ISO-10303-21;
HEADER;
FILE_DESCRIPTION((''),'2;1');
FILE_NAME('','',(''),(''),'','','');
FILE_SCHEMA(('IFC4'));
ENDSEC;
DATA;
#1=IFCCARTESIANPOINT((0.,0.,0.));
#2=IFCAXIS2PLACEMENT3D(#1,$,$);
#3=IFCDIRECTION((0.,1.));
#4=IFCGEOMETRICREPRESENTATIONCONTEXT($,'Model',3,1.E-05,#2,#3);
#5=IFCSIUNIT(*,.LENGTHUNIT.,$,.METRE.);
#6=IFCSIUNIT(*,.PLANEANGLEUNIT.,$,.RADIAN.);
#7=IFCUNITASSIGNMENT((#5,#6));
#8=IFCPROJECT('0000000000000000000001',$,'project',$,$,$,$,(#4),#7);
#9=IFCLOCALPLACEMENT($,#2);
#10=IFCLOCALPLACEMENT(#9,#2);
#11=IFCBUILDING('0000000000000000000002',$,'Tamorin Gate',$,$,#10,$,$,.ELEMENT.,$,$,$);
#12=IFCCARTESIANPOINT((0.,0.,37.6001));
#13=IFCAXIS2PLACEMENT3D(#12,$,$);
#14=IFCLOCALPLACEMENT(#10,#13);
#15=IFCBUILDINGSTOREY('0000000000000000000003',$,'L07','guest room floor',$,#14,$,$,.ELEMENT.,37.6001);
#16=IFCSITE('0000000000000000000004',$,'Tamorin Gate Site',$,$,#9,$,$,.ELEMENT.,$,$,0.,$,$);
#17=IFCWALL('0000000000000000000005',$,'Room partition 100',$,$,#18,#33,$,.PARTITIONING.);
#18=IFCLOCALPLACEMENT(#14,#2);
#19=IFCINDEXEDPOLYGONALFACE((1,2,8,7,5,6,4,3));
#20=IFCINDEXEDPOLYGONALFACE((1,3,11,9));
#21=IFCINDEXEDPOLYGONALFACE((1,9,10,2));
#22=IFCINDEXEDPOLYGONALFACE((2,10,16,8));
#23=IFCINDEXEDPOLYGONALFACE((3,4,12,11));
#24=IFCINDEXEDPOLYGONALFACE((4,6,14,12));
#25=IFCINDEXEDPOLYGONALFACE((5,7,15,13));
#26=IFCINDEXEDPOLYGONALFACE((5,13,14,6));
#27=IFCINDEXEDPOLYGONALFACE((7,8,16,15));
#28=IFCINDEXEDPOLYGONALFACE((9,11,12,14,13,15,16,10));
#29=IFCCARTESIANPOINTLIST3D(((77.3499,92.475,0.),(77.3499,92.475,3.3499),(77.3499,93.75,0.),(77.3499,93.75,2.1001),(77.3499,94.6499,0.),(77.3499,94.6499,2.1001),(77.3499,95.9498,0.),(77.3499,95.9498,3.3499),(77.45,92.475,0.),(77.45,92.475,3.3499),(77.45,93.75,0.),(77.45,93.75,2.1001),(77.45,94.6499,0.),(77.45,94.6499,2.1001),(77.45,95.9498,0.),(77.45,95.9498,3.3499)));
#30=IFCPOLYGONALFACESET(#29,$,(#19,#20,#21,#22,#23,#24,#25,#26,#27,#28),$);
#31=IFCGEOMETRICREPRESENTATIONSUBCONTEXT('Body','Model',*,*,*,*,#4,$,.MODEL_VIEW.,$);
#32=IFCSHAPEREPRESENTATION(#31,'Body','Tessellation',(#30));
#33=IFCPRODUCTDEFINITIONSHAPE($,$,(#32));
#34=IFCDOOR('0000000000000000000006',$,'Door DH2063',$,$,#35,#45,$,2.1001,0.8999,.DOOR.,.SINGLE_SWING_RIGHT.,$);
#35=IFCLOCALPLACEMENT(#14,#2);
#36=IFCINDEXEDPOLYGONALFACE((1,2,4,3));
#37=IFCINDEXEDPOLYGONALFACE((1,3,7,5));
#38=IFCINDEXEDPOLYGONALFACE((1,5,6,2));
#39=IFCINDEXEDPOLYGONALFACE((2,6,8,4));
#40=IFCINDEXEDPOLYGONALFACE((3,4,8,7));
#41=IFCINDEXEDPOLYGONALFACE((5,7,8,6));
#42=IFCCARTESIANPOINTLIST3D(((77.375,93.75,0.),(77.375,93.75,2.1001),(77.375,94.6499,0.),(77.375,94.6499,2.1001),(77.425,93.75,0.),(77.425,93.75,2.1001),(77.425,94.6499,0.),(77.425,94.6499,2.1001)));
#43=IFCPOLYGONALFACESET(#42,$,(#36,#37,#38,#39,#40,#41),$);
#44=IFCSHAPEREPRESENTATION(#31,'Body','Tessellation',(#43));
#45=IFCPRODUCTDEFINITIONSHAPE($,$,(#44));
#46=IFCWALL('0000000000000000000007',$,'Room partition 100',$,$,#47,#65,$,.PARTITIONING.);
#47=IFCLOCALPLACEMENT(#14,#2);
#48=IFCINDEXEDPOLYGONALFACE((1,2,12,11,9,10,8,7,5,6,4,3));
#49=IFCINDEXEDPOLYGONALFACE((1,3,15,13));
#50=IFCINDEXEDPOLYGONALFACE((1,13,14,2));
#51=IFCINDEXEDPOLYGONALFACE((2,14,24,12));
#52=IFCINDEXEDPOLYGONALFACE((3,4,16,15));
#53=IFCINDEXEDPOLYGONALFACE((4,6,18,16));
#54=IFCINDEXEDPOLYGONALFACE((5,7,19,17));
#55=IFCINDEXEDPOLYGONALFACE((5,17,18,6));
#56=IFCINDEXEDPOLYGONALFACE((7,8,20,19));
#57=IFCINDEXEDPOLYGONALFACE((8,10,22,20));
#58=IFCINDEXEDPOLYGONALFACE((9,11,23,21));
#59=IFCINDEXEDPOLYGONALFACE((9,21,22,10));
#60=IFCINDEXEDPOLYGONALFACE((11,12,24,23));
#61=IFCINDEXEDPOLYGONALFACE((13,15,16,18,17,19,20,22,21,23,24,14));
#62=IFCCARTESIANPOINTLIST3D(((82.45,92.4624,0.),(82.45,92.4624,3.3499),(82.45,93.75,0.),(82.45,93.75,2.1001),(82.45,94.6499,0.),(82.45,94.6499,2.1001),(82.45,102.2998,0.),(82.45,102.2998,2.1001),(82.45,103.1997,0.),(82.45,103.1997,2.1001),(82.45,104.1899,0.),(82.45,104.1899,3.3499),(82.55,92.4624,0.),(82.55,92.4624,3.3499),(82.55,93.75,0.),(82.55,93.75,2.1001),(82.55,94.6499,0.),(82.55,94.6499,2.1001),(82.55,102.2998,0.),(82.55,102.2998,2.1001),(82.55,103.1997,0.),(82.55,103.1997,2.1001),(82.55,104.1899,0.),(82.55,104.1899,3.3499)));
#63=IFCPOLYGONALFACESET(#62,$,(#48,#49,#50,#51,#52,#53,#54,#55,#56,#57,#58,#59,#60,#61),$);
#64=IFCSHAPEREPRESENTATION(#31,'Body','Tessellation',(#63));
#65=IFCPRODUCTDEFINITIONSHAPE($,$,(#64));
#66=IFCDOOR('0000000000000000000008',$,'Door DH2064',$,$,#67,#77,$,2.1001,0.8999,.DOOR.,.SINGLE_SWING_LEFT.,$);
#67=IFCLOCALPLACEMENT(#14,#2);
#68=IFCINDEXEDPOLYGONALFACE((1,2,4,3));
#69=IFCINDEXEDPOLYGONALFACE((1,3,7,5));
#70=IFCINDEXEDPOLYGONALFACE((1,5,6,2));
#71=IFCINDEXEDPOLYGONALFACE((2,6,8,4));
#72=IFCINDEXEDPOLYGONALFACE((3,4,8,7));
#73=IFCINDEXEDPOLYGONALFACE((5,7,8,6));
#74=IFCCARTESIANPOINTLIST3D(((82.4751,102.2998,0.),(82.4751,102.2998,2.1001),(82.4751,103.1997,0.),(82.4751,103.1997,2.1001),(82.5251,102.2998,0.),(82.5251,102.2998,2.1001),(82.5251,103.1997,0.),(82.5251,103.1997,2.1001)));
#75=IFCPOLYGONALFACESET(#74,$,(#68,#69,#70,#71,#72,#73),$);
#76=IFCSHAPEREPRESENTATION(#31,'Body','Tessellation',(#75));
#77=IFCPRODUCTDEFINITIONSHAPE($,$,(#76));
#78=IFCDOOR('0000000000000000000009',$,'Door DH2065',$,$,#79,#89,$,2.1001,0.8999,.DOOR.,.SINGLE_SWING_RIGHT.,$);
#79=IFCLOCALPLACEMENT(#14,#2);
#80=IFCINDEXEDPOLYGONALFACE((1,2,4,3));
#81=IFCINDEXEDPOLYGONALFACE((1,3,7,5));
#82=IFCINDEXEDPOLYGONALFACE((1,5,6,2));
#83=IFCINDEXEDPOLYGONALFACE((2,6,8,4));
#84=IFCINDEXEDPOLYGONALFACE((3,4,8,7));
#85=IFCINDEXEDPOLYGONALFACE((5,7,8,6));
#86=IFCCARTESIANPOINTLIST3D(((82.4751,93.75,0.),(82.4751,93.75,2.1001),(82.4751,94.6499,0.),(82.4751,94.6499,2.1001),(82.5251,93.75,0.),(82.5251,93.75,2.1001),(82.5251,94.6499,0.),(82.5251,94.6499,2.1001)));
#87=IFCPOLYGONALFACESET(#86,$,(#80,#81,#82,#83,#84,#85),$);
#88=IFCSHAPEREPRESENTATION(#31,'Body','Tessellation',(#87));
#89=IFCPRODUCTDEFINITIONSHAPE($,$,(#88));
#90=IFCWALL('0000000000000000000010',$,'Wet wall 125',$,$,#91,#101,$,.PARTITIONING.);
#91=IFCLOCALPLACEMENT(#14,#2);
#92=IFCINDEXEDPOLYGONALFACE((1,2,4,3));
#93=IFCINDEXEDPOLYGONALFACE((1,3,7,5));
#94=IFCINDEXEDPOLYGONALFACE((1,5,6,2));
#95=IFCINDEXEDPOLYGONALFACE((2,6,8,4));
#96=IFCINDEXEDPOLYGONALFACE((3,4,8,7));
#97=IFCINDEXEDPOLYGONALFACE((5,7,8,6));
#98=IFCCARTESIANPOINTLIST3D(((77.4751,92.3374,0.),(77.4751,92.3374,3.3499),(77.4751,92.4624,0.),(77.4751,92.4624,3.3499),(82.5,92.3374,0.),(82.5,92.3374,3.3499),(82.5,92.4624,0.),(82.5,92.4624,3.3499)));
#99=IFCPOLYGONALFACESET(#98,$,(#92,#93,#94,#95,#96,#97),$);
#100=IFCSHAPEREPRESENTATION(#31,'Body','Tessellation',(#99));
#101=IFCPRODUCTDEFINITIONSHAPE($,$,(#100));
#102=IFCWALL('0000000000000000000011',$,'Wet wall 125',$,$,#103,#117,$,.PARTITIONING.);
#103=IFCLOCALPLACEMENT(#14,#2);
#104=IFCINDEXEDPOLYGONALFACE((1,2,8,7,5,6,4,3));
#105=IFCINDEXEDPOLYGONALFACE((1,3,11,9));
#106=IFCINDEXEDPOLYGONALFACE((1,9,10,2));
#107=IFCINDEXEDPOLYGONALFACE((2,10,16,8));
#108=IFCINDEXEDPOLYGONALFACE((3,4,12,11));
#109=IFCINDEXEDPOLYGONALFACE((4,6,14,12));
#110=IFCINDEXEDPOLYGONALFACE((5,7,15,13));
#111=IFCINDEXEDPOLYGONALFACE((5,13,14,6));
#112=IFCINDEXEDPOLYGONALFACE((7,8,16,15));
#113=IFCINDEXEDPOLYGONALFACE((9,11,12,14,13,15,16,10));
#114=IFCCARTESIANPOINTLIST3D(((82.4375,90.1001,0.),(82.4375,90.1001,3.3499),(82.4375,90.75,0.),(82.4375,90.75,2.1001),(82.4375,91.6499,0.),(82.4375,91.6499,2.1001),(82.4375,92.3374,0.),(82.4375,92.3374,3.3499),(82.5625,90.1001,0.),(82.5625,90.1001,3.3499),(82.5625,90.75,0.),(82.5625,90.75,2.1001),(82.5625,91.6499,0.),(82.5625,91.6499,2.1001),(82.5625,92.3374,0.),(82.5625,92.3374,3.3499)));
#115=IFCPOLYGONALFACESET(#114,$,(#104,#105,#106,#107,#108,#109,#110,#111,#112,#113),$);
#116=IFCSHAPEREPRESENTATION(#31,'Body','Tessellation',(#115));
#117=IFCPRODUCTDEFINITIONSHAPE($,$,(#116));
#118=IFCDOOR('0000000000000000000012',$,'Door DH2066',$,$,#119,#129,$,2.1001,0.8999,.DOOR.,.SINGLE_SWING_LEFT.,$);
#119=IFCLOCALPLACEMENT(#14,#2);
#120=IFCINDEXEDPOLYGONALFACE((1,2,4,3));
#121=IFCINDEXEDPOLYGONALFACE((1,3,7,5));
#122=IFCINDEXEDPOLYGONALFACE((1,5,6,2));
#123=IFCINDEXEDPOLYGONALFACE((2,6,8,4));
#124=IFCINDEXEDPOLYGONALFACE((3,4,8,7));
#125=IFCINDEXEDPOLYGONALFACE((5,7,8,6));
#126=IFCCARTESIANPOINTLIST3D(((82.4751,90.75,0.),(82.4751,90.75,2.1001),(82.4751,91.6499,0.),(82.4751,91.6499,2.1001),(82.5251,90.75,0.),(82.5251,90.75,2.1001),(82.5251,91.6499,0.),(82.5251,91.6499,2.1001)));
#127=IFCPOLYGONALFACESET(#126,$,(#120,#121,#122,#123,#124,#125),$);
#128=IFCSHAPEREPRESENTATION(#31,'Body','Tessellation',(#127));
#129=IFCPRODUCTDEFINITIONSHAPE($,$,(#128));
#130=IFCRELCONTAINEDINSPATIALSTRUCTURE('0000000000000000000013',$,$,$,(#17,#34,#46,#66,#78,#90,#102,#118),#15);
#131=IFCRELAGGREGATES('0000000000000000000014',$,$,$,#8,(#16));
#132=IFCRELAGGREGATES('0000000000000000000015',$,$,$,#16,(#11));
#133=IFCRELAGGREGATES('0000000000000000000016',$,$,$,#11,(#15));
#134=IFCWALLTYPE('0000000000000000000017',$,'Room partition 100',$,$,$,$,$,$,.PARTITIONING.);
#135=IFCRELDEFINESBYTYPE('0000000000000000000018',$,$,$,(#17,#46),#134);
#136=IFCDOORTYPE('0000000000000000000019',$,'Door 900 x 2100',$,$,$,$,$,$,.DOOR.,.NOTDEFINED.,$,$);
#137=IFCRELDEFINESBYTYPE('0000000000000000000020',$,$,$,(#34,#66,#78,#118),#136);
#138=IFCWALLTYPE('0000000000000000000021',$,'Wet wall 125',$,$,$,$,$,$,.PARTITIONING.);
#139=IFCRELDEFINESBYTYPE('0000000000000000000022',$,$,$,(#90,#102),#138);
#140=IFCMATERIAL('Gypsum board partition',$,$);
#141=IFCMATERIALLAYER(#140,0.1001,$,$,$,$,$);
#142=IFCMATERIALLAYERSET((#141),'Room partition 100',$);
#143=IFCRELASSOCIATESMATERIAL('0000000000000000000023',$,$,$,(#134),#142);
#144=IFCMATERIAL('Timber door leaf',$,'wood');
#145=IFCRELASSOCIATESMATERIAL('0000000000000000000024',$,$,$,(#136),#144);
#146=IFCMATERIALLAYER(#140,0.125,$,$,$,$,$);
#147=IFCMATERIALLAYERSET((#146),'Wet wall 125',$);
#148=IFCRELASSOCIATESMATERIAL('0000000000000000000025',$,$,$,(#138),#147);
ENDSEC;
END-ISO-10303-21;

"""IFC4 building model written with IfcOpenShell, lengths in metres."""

from ifc_helpers import new_model, si_unit, direction, frame, frame_2d, origin, place, context, subcontext, project, spatial, rectangle, extrude, material, layer, layer_set, type_object, element, fill, save


model = new_model("IFC4")

# Units and contexts
model_context = context("Model", 3, precision=1e-05, world=origin(), true_north=direction((0.0, 1.0)))
body_context = subcontext(model_context, "Body", "Model", "MODEL_VIEW")
ifc_project = project(units=[si_unit("LENGTHUNIT", "METRE"), si_unit("PLANEANGLEUNIT", "RADIAN")], contexts=[model_context])

# Site, building, storey
site_placement = place(None, origin())
site = spatial("IfcSite", under=ifc_project, at=site_placement, Name="Tamorin Gate Site", CompositionType="ELEMENT", RefElevation=0.0)
building_placement = place(site_placement, origin())
building = spatial("IfcBuilding", under=site, at=building_placement, Name="Tamorin Gate", CompositionType="ELEMENT")
storey_placement = place(building_placement, frame((0.0, 0.0, 37.6001)))
storey = spatial("IfcBuildingStorey", under=building, at=storey_placement, Name="L07", Description="guest room floor", CompositionType="ELEMENT", Elevation=37.6001)

# Shared definitions
ifc_material_1 = material(Name="Gypsum board partition")

# Wall, opening, door
ifc_layer_1 = layer(ifc_material_1, 0.1001)
ifc_layer_set_1 = layer_set([ifc_layer_1], Name="Room partition 100")
wall_type_1 = type_object("IfcWallType", Name="Room partition 100", PredefinedType="PARTITIONING", material=ifc_layer_set_1)
ifc_material_2 = material(Name="Timber door leaf", Category="wood")
door_type = type_object("IfcDoorType", Name="Door 900 x 2100", OperationType="NOTDEFINED", PredefinedType="DOOR", material=ifc_material_2)
wall_1_placement = place(storey_placement, frame((77.3999, 92.4751, 0.0), z_axis=(0.0, 0.0, 1.0), x_axis=(0.0, 1.0, 0.0)))
wall_1 = element("IfcWall", 1, at=wall_1_placement, inside=storey, type_object=wall_type_1, Name="Room partition 100", PredefinedType="PARTITIONING", context=body_context, shape_type="SweptSolid", body=[
    extrude(rectangle(XDim=3.4749, YDim=0.1001, at=frame_2d((1.7373, 0.0))), origin(), (0.0, 0.0, 1.0), 3.3499),
])
opening_1_placement = place(wall_1_placement, frame((1.2749, 0.0, 0.0)))
opening_1 = element("IfcOpeningElement", 2, at=opening_1_placement, cuts=wall_1, PredefinedType="OPENING", context=body_context, shape_type="SweptSolid", body=[
    extrude(rectangle(XDim=0.8999, YDim=2.1001, at=frame_2d((0.45, 1.05))), frame((0.0, 0.0601, 0.0), z_axis=(0.0, -1.0, 0.0), x_axis=(1.0, 0.0, 0.0)), (0.0, 0.0, 1.0), 0.1201),
])
door_1_placement = place(opening_1_placement, origin())
door_1 = element("IfcDoor", 3, at=door_1_placement, inside=storey, type_object=door_type, Name="Door DH2063", OperationType="SINGLE_SWING_RIGHT", OverallHeight=2.1001, OverallWidth=0.8999, PredefinedType="DOOR", context=body_context, shape_type="SweptSolid", body=[
    extrude(rectangle(XDim=0.8999, YDim=2.1001, at=frame_2d((0.45, 1.05))), frame((0.0, 0.0249, 0.0), z_axis=(0.0, -1.0, 0.0), x_axis=(1.0, 0.0, 0.0)), (0.0, 0.0, 1.0), 0.05),
])
fill(opening_1, door_1)

# Wall, openings, doors
wall_2_placement = place(storey_placement, frame((82.5, 92.4624, 0.0), z_axis=(0.0, 0.0, 1.0), x_axis=(0.0, 1.0, 0.0)))
wall_2 = element("IfcWall", 4, at=wall_2_placement, inside=storey, type_object=wall_type_1, Name="Room partition 100", PredefinedType="PARTITIONING", context=body_context, shape_type="SweptSolid", body=[
    extrude(rectangle(XDim=11.7275, YDim=0.1001, at=frame_2d((5.8638, 0.0))), origin(), (0.0, 0.0, 1.0), 3.3499),
])
opening_2_placement = place(wall_2_placement, frame((9.8374, 0.0, 0.0)))
opening_2 = element("IfcOpeningElement", 5, at=opening_2_placement, cuts=wall_2, PredefinedType="OPENING", context=body_context, shape_type="SweptSolid", body=[
    extrude(rectangle(XDim=0.8999, YDim=2.1001, at=frame_2d((0.45, 1.05))), frame((0.0, 0.0601, 0.0), z_axis=(0.0, -1.0, 0.0), x_axis=(1.0, 0.0, 0.0)), (0.0, 0.0, 1.0), 0.1201),
])
opening_3_placement = place(wall_2_placement, frame((1.2876, 0.0, 0.0)))
opening_3 = element("IfcOpeningElement", 6, at=opening_3_placement, cuts=wall_2, PredefinedType="OPENING", context=body_context, shape_type="SweptSolid", body=[
    extrude(rectangle(XDim=0.8999, YDim=2.1001, at=frame_2d((0.45, 1.05))), frame((0.0, 0.0601, 0.0), z_axis=(0.0, -1.0, 0.0), x_axis=(1.0, 0.0, 0.0)), (0.0, 0.0, 1.0), 0.1201),
])
door_2_placement = place(opening_2_placement, origin())
door_2 = element("IfcDoor", 7, at=door_2_placement, inside=storey, type_object=door_type, Name="Door DH2064", OperationType="SINGLE_SWING_LEFT", OverallHeight=2.1001, OverallWidth=0.8999, PredefinedType="DOOR", context=body_context, shape_type="SweptSolid", body=[
    extrude(rectangle(XDim=0.8999, YDim=2.1001, at=frame_2d((0.45, 1.05))), frame((0.0, 0.0249, 0.0), z_axis=(0.0, -1.0, 0.0), x_axis=(1.0, 0.0, 0.0)), (0.0, 0.0, 1.0), 0.05),
])
fill(opening_2, door_2)
door_3_placement = place(opening_3_placement, origin())
door_3 = element("IfcDoor", 8, at=door_3_placement, inside=storey, type_object=door_type, Name="Door DH2065", OperationType="SINGLE_SWING_RIGHT", OverallHeight=2.1001, OverallWidth=0.8999, PredefinedType="DOOR", context=body_context, shape_type="SweptSolid", body=[
    extrude(rectangle(XDim=0.8999, YDim=2.1001, at=frame_2d((0.45, 1.05))), frame((0.0, 0.0249, 0.0), z_axis=(0.0, -1.0, 0.0), x_axis=(1.0, 0.0, 0.0)), (0.0, 0.0, 1.0), 0.05),
])
fill(opening_3, door_3)

# Wall
ifc_layer_2 = layer(ifc_material_1, 0.125)
ifc_layer_set_2 = layer_set([ifc_layer_2], Name="Wet wall 125")
wall_type_2 = type_object("IfcWallType", Name="Wet wall 125", PredefinedType="PARTITIONING", material=ifc_layer_set_2)
wall_3_placement = place(storey_placement, frame((77.4751, 92.3999, 0.0), z_axis=(0.0, 0.0, 1.0), x_axis=(1.0, 0.0, 0.0)))
element("IfcWall", 9, at=wall_3_placement, inside=storey, type_object=wall_type_2, Name="Wet wall 125", PredefinedType="PARTITIONING", context=body_context, shape_type="SweptSolid", body=[
    extrude(rectangle(XDim=5.0249, YDim=0.125, at=frame_2d((2.5125, 0.0))), origin(), (0.0, 0.0, 1.0), 3.3499),
])

# Wall, opening, door
wall_4_placement = place(storey_placement, frame((82.5, 90.1001, 0.0), z_axis=(0.0, 0.0, 1.0), x_axis=(0.0, 1.0, 0.0)))
wall_4 = element("IfcWall", 10, at=wall_4_placement, inside=storey, type_object=wall_type_2, Name="Wet wall 125", PredefinedType="PARTITIONING", context=body_context, shape_type="SweptSolid", body=[
    extrude(rectangle(XDim=2.2373, YDim=0.125, at=frame_2d((1.1187, 0.0))), origin(), (0.0, 0.0, 1.0), 3.3499),
])
opening_4_placement = place(wall_4_placement, frame((0.6499, 0.0, 0.0)))
opening_4 = element("IfcOpeningElement", 11, at=opening_4_placement, cuts=wall_4, PredefinedType="OPENING", context=body_context, shape_type="SweptSolid", body=[
    extrude(rectangle(XDim=0.8999, YDim=2.1001, at=frame_2d((0.45, 1.05))), frame((0.0, 0.0725, 0.0), z_axis=(0.0, -1.0, 0.0), x_axis=(1.0, 0.0, 0.0)), (0.0, 0.0, 1.0), 0.145),
])
door_4_placement = place(opening_4_placement, origin())
door_4 = element("IfcDoor", 12, at=door_4_placement, inside=storey, type_object=door_type, Name="Door DH2066", OperationType="SINGLE_SWING_LEFT", OverallHeight=2.1001, OverallWidth=0.8999, PredefinedType="DOOR", context=body_context, shape_type="SweptSolid", body=[
    extrude(rectangle(XDim=0.8999, YDim=2.1001, at=frame_2d((0.45, 1.05))), frame((0.0, 0.0249, 0.0), z_axis=(0.0, -1.0, 0.0), x_axis=(1.0, 0.0, 0.0)), (0.0, 0.0, 1.0), 0.05),
])
fill(opening_4, door_4)

save(model, "model.ifc")
